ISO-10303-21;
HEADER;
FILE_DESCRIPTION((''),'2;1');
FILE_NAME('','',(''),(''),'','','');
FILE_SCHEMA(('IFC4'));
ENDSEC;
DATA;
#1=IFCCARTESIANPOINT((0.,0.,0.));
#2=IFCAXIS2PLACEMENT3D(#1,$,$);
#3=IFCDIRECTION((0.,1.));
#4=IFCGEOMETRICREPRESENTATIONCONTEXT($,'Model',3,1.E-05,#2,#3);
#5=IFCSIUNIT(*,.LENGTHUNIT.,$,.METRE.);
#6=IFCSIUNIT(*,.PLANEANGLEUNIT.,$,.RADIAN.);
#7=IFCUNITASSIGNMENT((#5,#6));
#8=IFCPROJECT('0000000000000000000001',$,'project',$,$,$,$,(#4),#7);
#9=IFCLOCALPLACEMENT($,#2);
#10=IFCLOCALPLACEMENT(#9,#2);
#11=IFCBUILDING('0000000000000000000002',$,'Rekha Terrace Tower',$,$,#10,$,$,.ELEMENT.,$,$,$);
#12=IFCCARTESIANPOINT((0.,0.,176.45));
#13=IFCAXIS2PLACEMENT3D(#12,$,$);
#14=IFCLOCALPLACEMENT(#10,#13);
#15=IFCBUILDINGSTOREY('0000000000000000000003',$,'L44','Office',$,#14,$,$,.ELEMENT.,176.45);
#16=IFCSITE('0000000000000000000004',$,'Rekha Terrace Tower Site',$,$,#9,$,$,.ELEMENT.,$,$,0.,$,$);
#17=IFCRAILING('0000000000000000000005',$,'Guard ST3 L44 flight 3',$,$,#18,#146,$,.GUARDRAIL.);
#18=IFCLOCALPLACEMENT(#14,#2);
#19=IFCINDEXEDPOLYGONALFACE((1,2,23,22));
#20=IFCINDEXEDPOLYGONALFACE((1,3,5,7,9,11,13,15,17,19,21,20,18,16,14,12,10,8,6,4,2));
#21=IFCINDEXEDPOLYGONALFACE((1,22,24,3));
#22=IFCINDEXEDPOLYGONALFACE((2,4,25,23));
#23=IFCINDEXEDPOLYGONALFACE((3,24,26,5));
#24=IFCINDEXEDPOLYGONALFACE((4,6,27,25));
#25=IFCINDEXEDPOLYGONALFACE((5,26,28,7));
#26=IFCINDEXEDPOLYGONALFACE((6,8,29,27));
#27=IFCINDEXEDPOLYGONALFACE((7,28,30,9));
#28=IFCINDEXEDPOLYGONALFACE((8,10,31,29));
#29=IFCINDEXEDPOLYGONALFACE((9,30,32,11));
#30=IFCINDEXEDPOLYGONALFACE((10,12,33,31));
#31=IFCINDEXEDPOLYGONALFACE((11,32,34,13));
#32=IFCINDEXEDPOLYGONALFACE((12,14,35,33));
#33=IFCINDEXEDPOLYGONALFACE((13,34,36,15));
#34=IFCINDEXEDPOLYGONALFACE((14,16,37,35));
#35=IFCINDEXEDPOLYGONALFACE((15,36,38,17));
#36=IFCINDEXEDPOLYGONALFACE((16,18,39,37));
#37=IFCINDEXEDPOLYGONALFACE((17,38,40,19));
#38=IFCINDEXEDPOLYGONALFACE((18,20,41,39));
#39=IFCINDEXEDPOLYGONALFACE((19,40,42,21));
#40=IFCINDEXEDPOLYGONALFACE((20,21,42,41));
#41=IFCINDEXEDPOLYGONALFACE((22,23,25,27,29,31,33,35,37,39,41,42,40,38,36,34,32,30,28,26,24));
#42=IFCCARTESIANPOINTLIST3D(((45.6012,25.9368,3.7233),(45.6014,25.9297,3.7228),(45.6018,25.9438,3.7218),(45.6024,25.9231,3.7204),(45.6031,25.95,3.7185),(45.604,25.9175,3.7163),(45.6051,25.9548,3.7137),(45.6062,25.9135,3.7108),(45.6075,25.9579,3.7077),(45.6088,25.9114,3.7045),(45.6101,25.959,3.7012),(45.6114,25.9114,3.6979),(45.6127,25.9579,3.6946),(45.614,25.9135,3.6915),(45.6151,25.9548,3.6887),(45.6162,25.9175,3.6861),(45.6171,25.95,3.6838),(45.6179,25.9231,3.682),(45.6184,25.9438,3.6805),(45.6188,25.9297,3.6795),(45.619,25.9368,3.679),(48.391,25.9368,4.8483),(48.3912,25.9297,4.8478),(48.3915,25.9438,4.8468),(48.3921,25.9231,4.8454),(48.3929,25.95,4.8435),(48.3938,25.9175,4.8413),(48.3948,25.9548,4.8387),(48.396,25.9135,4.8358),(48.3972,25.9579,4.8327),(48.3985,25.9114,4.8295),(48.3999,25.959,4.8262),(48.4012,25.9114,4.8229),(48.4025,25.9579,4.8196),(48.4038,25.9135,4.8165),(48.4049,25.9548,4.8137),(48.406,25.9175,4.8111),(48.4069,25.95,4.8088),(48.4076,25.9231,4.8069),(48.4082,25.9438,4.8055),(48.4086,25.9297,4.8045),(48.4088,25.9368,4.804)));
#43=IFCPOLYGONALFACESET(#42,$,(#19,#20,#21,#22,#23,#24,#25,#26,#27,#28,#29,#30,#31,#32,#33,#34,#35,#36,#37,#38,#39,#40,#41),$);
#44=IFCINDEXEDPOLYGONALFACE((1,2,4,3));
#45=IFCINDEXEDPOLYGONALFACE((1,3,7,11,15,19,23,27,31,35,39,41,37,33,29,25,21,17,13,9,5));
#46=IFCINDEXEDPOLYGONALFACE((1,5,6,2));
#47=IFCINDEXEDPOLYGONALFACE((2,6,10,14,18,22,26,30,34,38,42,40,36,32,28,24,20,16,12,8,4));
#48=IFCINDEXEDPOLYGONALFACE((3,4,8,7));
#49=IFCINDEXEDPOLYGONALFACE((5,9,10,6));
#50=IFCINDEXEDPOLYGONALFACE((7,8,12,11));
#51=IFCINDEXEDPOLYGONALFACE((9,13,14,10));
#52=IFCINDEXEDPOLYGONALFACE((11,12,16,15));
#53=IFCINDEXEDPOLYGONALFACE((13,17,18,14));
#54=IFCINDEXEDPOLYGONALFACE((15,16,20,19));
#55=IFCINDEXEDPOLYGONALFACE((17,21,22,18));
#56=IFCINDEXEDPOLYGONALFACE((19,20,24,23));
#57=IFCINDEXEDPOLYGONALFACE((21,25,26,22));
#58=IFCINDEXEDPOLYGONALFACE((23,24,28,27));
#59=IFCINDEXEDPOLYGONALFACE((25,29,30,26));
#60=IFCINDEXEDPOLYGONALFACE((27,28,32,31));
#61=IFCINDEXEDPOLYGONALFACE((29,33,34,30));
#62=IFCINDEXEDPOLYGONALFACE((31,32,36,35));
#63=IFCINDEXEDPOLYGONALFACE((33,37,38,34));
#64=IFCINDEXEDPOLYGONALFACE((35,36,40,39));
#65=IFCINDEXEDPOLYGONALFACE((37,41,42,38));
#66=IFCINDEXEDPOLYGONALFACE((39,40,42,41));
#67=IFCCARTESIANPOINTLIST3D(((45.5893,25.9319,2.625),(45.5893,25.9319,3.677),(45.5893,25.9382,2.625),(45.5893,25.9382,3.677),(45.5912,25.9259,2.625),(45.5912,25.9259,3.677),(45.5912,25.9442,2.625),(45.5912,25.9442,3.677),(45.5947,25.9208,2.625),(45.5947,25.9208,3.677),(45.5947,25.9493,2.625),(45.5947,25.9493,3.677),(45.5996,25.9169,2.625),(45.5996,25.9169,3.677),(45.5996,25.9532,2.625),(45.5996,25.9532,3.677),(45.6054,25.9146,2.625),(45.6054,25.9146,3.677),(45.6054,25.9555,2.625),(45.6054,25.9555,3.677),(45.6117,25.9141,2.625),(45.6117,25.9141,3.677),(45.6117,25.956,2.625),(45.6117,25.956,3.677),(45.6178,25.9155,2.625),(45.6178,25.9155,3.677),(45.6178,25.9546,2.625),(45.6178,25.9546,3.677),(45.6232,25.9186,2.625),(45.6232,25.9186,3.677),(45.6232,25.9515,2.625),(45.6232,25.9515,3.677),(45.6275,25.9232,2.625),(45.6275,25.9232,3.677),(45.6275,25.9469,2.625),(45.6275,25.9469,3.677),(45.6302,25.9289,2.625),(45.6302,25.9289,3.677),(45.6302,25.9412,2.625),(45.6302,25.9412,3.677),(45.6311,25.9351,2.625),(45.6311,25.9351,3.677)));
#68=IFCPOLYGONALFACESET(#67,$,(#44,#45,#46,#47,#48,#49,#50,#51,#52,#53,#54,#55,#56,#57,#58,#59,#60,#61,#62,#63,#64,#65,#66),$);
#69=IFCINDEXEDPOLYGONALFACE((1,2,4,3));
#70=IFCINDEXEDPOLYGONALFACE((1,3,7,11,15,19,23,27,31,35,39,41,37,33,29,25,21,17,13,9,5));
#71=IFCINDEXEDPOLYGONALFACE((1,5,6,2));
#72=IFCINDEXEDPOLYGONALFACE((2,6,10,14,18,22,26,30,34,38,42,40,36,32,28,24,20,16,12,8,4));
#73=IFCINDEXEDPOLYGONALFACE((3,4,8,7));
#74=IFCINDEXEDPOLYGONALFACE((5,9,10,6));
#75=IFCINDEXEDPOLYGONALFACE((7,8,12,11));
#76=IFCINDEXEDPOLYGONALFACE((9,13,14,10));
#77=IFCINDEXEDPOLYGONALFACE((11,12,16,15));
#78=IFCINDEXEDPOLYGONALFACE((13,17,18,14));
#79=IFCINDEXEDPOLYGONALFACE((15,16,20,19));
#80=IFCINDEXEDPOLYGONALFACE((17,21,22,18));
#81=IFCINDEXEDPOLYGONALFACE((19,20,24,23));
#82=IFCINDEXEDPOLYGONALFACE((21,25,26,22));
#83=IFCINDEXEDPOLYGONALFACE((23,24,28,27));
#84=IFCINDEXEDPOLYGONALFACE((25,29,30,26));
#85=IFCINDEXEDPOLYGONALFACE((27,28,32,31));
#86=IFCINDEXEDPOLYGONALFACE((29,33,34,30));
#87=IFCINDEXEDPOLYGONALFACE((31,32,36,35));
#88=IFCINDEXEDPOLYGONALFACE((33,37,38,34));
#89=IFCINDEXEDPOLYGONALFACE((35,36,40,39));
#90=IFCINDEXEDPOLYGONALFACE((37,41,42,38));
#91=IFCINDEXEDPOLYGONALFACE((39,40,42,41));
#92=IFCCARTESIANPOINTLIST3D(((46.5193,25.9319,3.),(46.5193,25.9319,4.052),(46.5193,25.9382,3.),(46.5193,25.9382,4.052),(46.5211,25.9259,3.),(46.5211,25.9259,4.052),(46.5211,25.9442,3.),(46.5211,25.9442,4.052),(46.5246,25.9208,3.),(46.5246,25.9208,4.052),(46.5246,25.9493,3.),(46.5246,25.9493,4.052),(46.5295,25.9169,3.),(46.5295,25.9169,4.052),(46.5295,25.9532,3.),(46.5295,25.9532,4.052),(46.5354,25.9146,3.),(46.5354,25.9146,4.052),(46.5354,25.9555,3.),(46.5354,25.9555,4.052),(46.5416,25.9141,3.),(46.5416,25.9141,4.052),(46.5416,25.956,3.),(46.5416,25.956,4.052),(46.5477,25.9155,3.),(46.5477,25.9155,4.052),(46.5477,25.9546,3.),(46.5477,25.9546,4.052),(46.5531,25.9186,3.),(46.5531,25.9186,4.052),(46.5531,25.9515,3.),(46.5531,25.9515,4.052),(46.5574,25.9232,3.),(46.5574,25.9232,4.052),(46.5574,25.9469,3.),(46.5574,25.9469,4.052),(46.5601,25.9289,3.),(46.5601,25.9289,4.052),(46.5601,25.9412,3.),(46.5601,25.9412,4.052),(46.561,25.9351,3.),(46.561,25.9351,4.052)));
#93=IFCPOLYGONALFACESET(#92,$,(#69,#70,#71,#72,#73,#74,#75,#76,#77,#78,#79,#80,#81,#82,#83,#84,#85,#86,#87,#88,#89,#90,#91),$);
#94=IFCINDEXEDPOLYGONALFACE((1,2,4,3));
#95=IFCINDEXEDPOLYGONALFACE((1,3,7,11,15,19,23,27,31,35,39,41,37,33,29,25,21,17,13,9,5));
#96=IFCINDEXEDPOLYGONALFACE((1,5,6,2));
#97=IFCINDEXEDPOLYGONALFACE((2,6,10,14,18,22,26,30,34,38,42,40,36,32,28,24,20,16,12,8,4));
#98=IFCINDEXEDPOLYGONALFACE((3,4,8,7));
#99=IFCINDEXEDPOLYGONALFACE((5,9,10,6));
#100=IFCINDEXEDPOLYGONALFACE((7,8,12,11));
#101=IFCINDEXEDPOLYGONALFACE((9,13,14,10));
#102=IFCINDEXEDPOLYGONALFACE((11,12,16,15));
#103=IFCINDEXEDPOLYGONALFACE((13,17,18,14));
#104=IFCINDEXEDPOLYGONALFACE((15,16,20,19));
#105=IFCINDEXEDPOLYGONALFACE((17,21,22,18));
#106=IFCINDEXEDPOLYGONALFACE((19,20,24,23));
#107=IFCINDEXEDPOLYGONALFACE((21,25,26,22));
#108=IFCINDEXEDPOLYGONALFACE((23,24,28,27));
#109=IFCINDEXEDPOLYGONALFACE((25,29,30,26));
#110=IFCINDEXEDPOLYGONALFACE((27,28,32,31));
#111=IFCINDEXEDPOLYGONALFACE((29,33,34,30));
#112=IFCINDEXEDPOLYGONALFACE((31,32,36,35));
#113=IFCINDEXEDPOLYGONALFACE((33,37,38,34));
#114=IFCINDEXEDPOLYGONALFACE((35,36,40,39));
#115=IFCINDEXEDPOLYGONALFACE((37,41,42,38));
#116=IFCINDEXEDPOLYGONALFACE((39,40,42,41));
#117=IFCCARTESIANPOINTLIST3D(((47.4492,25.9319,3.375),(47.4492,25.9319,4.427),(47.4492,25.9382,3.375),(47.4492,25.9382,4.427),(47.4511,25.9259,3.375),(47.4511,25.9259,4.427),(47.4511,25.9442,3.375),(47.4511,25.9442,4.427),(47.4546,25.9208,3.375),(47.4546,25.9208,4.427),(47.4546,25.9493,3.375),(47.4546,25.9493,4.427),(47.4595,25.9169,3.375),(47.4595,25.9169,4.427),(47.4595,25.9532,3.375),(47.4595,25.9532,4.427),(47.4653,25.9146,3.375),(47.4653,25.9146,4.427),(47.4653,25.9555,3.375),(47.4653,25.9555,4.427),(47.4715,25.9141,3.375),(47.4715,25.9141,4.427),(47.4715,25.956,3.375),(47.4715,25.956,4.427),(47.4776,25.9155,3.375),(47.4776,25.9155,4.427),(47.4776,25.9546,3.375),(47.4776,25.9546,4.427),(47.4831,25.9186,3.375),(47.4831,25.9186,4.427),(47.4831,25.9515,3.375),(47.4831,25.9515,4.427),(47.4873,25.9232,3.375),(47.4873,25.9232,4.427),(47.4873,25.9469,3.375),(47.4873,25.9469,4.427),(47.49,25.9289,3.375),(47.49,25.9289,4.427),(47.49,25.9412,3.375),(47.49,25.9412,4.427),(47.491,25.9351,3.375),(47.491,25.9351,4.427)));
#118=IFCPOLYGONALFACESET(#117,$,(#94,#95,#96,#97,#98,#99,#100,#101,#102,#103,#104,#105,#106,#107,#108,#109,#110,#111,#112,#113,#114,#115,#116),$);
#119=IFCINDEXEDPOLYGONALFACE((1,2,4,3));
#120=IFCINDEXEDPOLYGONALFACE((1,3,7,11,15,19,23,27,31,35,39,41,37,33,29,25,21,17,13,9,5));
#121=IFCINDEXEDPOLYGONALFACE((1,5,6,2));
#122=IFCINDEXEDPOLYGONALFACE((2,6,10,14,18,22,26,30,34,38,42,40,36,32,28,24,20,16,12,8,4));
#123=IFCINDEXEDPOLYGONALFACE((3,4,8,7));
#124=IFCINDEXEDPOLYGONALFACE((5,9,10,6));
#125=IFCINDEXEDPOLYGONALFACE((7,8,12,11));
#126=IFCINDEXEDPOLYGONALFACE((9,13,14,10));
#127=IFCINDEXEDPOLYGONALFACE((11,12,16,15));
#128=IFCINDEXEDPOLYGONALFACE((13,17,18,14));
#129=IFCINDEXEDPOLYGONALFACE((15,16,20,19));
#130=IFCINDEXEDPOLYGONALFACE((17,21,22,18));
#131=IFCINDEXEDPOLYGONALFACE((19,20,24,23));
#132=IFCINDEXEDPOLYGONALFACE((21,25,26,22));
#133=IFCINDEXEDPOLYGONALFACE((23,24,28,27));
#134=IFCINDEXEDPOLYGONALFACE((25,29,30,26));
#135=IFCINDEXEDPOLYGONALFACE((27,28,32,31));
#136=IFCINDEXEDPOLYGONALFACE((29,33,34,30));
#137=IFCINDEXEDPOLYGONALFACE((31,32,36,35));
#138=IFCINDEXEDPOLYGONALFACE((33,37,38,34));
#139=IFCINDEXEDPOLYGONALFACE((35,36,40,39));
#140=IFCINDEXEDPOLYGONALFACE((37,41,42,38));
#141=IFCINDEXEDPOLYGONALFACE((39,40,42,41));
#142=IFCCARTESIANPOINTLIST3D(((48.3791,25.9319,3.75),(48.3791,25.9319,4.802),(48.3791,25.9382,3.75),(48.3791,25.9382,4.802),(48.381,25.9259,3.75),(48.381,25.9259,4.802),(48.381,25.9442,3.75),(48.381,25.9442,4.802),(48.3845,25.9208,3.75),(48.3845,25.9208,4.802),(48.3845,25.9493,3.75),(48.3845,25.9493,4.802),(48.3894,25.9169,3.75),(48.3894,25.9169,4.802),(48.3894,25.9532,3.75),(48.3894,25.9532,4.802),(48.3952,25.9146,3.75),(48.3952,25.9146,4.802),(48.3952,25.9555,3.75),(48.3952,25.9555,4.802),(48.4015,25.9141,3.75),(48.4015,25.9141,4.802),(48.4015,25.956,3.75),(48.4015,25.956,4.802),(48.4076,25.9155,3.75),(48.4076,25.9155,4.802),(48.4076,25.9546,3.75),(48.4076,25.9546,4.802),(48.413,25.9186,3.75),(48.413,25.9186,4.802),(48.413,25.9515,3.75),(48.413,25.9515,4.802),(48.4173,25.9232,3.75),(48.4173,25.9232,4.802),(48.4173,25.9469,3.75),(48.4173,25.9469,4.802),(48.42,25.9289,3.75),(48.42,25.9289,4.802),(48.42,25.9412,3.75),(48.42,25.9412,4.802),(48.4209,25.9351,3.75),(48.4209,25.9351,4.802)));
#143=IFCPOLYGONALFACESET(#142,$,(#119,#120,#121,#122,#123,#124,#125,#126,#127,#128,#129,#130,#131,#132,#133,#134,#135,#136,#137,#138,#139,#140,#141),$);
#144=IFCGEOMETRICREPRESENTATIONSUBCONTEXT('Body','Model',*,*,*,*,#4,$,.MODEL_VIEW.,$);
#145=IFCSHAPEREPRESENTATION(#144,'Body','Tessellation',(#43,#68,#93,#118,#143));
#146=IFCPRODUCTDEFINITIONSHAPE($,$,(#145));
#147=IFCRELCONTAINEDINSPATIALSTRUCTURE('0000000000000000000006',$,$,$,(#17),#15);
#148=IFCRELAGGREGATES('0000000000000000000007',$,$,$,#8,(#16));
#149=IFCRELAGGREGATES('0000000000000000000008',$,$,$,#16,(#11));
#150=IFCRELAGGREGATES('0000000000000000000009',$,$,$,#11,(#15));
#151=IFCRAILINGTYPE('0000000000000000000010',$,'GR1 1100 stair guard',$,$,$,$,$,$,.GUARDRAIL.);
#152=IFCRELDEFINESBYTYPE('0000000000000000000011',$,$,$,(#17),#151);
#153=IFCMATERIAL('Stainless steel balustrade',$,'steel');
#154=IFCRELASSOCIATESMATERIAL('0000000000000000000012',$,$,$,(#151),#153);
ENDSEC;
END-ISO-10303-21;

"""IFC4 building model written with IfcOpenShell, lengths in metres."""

from ifc_helpers import new_model, si_unit, direction, frame, origin, origin_2d, place, context, subcontext, project, spatial, circle, extrude, material, type_object, element, save


model = new_model("IFC4")

# Units and contexts
model_context = context("Model", 3, precision=1e-05, world=origin(), true_north=direction((0.0, 1.0)))
body_context = subcontext(model_context, "Body", "Model", "MODEL_VIEW")
ifc_project = project(units=[si_unit("LENGTHUNIT", "METRE"), si_unit("PLANEANGLEUNIT", "RADIAN")], contexts=[model_context])

# Site, building, storey
site_placement = place(None, origin())
site = spatial("IfcSite", under=ifc_project, at=site_placement, Name="Rekha Terrace Tower Site", CompositionType="ELEMENT", RefElevation=0.0)
building_placement = place(site_placement, origin())
building = spatial("IfcBuilding", under=site, at=building_placement, Name="Rekha Terrace Tower", CompositionType="ELEMENT")
storey_placement = place(building_placement, frame((0.0, 0.0, 176.45)))
storey = spatial("IfcBuildingStorey", under=building, at=storey_placement, Name="L44", Description="Office", CompositionType="ELEMENT", Elevation=176.45)

# Railing
ifc_material_1 = material(Name="Stainless steel balustrade", Category="steel")
railing_type_1 = type_object("IfcRailingType", Name="GR1 1100 stair guard", PredefinedType="GUARDRAIL", material=ifc_material_1)
railing_1_placement = place(storey_placement, frame((45.6101, 25.9351, 2.625)))
element("IfcRailing", 1, at=railing_1_placement, inside=storey, type_object=railing_type_1, Name="Guard ST3 L44 flight 3", PredefinedType="GUARDRAIL", context=body_context, shape_type="SweptSolid", body=[
    extrude(circle(Radius=0.0239, at=origin_2d()), frame((0.0, 0.0, 1.0762), z_axis=(0.927432, 0.0, 0.373992), x_axis=(0.0, 1.0, 0.0)), (0.0, 0.0, 1.0), 3.0081),
    extrude(circle(Radius=0.021, at=origin_2d()), origin(), (0.0, 0.0, 1.0), 1.052),
    extrude(circle(Radius=0.021, at=origin_2d()), frame((0.9299, 0.0, 0.375)), (0.0, 0.0, 1.0), 1.052),
    extrude(circle(Radius=0.021, at=origin_2d()), frame((1.8599, 0.0, 0.75)), (0.0, 0.0, 1.0), 1.052),
    extrude(circle(Radius=0.021, at=origin_2d()), frame((2.7898, 0.0, 1.125)), (0.0, 0.0, 1.0), 1.052),
])

save(model, "model.ifc")
